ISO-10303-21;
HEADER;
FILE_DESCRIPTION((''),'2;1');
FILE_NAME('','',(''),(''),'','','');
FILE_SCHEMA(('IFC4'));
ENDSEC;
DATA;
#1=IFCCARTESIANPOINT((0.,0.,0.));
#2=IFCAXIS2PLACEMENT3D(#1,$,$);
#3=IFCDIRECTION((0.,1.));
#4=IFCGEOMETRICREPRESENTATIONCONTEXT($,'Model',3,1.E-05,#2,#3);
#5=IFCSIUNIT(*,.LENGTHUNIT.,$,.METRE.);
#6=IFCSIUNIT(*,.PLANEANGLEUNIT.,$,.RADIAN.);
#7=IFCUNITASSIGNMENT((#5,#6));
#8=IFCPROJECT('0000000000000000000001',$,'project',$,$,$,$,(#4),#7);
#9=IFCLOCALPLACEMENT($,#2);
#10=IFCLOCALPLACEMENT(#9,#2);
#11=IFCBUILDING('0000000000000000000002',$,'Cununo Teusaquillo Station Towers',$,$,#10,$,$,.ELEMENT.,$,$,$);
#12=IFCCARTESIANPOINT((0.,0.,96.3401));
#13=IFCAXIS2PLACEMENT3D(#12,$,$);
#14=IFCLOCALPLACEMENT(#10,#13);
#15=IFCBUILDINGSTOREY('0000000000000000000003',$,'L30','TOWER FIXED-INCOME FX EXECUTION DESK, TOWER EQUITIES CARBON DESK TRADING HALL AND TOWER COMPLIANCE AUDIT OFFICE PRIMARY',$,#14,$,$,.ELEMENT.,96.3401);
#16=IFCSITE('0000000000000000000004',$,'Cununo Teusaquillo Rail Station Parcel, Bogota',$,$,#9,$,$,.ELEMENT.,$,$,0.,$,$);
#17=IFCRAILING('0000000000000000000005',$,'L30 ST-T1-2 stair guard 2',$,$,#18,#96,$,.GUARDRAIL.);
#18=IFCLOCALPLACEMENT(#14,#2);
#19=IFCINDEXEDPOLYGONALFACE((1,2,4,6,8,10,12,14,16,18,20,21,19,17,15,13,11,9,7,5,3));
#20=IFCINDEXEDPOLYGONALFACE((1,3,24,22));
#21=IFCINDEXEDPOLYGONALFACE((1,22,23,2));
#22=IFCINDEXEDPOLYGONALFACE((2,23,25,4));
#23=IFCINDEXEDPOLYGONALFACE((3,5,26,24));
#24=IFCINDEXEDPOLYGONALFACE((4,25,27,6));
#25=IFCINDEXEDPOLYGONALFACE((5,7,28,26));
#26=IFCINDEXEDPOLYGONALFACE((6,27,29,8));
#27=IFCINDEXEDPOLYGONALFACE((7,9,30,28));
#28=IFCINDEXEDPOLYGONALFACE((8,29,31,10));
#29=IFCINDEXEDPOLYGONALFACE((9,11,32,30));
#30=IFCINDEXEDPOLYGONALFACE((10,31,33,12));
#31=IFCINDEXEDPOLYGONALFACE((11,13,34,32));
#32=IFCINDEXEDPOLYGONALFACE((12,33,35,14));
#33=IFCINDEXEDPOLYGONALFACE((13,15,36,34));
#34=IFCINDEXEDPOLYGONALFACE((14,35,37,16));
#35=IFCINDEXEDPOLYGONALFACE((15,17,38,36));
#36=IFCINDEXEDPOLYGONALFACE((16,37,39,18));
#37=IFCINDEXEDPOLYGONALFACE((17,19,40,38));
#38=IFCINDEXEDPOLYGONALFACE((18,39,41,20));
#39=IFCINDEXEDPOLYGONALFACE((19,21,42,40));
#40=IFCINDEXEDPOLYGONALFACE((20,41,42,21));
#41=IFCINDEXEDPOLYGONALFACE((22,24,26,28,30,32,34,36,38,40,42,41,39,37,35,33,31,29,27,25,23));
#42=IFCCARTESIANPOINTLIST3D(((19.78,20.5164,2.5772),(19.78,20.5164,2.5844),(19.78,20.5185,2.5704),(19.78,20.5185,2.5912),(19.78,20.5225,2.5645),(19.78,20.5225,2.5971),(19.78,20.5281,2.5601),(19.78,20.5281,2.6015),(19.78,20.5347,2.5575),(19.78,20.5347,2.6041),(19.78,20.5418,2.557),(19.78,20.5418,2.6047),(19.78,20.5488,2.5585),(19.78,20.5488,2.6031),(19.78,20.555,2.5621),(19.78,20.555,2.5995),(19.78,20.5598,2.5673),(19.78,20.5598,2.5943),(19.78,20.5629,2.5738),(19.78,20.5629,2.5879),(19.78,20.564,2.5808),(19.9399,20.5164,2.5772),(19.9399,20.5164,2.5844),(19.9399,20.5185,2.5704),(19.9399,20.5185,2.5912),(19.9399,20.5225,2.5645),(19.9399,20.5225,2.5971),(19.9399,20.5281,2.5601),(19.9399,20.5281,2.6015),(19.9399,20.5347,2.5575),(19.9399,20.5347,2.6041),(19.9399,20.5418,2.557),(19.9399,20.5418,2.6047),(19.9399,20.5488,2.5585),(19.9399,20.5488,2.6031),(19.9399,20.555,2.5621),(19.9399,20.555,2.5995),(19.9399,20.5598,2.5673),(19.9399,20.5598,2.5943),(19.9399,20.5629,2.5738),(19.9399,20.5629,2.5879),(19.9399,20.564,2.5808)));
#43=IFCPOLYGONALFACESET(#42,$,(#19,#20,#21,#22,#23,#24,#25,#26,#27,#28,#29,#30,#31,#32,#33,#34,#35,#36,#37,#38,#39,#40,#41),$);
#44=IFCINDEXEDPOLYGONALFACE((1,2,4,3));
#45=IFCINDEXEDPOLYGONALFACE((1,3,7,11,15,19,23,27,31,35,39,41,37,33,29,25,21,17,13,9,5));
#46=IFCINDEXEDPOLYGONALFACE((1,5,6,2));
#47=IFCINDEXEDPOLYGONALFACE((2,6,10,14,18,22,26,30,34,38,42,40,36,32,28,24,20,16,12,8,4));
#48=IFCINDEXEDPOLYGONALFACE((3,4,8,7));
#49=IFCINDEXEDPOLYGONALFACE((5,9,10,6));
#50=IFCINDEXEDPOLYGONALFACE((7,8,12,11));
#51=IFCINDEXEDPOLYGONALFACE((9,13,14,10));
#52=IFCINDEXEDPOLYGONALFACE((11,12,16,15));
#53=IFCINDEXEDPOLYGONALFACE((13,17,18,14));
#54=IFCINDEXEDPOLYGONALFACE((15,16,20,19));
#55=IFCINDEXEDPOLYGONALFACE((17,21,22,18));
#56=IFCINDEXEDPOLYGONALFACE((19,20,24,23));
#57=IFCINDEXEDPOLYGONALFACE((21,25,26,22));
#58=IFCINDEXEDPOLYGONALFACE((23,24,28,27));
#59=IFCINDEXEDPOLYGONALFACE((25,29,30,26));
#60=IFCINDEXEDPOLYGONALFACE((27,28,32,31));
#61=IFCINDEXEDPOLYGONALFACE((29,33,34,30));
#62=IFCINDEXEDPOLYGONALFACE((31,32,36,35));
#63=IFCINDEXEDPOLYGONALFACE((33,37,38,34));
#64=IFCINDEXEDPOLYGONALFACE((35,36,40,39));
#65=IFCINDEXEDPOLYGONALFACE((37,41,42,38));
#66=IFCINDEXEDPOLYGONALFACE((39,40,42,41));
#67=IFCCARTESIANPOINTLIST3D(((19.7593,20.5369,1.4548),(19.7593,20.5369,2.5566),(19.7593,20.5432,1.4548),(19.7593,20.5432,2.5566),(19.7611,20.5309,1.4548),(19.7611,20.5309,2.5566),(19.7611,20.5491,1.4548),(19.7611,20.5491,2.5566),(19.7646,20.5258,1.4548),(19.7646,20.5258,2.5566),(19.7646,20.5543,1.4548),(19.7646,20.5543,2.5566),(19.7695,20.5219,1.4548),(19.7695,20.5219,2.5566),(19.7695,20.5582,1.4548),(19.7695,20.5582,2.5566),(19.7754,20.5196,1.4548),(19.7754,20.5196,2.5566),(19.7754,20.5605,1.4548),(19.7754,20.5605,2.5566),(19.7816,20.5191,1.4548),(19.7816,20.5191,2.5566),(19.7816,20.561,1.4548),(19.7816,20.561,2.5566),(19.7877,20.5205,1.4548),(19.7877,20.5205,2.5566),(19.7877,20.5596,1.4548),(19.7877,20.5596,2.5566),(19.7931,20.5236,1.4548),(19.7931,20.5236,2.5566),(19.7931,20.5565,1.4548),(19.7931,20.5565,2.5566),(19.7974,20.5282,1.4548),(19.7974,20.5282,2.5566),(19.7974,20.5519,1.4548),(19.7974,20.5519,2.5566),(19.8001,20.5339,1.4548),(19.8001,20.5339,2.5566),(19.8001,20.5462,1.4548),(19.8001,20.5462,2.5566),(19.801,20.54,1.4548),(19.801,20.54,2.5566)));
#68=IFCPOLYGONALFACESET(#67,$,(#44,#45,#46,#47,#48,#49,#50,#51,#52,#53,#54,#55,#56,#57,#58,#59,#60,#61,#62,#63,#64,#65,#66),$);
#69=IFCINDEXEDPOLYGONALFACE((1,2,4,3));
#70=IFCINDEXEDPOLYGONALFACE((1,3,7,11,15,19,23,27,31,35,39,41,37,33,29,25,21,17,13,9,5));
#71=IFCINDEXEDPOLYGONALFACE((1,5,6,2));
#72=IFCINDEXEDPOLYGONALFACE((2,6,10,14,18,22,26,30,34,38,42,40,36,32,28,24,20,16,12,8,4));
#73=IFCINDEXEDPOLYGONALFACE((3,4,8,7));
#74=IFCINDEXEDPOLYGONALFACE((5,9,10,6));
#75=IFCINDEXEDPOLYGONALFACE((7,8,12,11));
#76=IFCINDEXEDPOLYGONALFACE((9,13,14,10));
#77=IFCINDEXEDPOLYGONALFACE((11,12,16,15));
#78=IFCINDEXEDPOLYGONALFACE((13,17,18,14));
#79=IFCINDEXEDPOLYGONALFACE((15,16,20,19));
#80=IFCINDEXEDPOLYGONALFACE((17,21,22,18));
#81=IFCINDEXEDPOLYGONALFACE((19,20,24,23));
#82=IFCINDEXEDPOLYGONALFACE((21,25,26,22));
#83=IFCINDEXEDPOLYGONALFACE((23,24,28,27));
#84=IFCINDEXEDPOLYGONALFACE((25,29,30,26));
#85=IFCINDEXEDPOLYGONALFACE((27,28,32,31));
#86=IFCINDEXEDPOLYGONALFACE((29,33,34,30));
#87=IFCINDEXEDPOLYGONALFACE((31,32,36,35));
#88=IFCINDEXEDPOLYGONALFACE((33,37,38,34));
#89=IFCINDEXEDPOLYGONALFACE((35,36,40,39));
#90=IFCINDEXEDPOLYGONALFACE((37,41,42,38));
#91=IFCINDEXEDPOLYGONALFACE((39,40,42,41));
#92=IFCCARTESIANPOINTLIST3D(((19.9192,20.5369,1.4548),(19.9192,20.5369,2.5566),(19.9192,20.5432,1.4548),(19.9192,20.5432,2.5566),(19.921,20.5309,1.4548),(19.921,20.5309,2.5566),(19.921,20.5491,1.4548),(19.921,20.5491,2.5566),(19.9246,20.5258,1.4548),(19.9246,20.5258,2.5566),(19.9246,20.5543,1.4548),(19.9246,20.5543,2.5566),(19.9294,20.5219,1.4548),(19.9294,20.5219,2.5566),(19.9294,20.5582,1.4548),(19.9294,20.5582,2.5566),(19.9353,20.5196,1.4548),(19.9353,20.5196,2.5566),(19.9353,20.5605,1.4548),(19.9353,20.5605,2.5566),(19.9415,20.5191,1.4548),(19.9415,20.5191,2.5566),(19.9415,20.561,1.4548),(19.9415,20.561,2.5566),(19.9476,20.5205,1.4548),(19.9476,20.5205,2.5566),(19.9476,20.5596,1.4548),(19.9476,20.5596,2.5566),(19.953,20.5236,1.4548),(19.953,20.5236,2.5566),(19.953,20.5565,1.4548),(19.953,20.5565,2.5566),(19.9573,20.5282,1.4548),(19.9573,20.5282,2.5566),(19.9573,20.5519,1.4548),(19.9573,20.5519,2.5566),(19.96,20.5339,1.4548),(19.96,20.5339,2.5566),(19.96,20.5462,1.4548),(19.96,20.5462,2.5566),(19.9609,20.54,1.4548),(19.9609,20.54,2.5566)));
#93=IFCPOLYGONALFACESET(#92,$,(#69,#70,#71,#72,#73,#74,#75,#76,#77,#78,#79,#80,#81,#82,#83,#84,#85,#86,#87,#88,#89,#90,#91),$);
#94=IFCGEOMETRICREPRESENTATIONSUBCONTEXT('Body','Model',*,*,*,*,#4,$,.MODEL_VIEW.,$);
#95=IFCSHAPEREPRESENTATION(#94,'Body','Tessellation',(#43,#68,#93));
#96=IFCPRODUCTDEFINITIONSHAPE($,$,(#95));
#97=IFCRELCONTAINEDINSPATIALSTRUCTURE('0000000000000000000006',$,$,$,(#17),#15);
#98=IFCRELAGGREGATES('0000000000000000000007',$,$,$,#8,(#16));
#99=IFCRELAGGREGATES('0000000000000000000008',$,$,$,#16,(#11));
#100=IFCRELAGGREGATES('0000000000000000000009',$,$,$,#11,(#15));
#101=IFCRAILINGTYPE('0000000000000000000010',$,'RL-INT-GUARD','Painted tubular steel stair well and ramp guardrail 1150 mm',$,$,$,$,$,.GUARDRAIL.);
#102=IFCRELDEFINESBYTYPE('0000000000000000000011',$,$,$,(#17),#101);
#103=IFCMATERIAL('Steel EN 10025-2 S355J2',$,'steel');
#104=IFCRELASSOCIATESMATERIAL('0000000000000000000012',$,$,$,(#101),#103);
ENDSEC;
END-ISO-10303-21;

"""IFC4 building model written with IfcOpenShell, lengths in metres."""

from ifc_helpers import new_model, si_unit, direction, frame, origin, origin_2d, place, context, subcontext, project, spatial, circle, extrude, material, type_object, element, save


model = new_model("IFC4")

# Units and contexts
model_context = context("Model", 3, precision=1e-05, world=origin(), true_north=direction((0.0, 1.0)))
body_context = subcontext(model_context, "Body", "Model", "MODEL_VIEW")
ifc_project = project(units=[si_unit("LENGTHUNIT", "METRE"), si_unit("PLANEANGLEUNIT", "RADIAN")], contexts=[model_context])

# Site, building, storey
site_placement = place(None, origin())
site = spatial("IfcSite", under=ifc_project, at=site_placement, Name="Cununo Teusaquillo Rail Station Parcel, Bogota", CompositionType="ELEMENT", RefElevation=0.0)
building_placement = place(site_placement, origin())
building = spatial("IfcBuilding", under=site, at=building_placement, Name="Cununo Teusaquillo Station Towers", CompositionType="ELEMENT")
storey_placement = place(building_placement, frame((0.0, 0.0, 96.3401)))
storey = spatial("IfcBuildingStorey", under=building, at=storey_placement, Name="L30", Description="TOWER FIXED-INCOME FX EXECUTION DESK, TOWER EQUITIES CARBON DESK TRADING HALL AND TOWER COMPLIANCE AUDIT OFFICE PRIMARY", CompositionType="ELEMENT", Elevation=96.3401)

# Railing
ifc_material_1 = material(Name="Steel EN 10025-2 S355J2", Category="steel")
railing_type_1 = type_object("IfcRailingType", Name="RL-INT-GUARD", Description="Painted tubular steel stair well and ramp guardrail 1150 mm", PredefinedType="GUARDRAIL", material=ifc_material_1)
railing_1_placement = place(storey_placement, frame((19.78, 20.54, 1.4548)))
element("IfcRailing", 1, at=railing_1_placement, inside=storey, type_object=railing_type_1, Name="L30 ST-T1-2 stair guard 2", PredefinedType="GUARDRAIL", context=body_context, shape_type="SweptSolid", body=[
    extrude(circle(Radius=0.0239, at=origin_2d()), frame((0.0, 0.0, 1.126), z_axis=(1.0, 0.0, 0.0), x_axis=(0.0, 1.0, 0.0)), (0.0, 0.0, 1.0), 0.1599),
    extrude(circle(Radius=0.021, at=origin_2d()), origin(), (0.0, 0.0, 1.0), 1.1018),
    extrude(circle(Radius=0.021, at=origin_2d()), frame((0.1599, 0.0, 0.0)), (0.0, 0.0, 1.0), 1.1018),
])

save(model, "model.ifc")
